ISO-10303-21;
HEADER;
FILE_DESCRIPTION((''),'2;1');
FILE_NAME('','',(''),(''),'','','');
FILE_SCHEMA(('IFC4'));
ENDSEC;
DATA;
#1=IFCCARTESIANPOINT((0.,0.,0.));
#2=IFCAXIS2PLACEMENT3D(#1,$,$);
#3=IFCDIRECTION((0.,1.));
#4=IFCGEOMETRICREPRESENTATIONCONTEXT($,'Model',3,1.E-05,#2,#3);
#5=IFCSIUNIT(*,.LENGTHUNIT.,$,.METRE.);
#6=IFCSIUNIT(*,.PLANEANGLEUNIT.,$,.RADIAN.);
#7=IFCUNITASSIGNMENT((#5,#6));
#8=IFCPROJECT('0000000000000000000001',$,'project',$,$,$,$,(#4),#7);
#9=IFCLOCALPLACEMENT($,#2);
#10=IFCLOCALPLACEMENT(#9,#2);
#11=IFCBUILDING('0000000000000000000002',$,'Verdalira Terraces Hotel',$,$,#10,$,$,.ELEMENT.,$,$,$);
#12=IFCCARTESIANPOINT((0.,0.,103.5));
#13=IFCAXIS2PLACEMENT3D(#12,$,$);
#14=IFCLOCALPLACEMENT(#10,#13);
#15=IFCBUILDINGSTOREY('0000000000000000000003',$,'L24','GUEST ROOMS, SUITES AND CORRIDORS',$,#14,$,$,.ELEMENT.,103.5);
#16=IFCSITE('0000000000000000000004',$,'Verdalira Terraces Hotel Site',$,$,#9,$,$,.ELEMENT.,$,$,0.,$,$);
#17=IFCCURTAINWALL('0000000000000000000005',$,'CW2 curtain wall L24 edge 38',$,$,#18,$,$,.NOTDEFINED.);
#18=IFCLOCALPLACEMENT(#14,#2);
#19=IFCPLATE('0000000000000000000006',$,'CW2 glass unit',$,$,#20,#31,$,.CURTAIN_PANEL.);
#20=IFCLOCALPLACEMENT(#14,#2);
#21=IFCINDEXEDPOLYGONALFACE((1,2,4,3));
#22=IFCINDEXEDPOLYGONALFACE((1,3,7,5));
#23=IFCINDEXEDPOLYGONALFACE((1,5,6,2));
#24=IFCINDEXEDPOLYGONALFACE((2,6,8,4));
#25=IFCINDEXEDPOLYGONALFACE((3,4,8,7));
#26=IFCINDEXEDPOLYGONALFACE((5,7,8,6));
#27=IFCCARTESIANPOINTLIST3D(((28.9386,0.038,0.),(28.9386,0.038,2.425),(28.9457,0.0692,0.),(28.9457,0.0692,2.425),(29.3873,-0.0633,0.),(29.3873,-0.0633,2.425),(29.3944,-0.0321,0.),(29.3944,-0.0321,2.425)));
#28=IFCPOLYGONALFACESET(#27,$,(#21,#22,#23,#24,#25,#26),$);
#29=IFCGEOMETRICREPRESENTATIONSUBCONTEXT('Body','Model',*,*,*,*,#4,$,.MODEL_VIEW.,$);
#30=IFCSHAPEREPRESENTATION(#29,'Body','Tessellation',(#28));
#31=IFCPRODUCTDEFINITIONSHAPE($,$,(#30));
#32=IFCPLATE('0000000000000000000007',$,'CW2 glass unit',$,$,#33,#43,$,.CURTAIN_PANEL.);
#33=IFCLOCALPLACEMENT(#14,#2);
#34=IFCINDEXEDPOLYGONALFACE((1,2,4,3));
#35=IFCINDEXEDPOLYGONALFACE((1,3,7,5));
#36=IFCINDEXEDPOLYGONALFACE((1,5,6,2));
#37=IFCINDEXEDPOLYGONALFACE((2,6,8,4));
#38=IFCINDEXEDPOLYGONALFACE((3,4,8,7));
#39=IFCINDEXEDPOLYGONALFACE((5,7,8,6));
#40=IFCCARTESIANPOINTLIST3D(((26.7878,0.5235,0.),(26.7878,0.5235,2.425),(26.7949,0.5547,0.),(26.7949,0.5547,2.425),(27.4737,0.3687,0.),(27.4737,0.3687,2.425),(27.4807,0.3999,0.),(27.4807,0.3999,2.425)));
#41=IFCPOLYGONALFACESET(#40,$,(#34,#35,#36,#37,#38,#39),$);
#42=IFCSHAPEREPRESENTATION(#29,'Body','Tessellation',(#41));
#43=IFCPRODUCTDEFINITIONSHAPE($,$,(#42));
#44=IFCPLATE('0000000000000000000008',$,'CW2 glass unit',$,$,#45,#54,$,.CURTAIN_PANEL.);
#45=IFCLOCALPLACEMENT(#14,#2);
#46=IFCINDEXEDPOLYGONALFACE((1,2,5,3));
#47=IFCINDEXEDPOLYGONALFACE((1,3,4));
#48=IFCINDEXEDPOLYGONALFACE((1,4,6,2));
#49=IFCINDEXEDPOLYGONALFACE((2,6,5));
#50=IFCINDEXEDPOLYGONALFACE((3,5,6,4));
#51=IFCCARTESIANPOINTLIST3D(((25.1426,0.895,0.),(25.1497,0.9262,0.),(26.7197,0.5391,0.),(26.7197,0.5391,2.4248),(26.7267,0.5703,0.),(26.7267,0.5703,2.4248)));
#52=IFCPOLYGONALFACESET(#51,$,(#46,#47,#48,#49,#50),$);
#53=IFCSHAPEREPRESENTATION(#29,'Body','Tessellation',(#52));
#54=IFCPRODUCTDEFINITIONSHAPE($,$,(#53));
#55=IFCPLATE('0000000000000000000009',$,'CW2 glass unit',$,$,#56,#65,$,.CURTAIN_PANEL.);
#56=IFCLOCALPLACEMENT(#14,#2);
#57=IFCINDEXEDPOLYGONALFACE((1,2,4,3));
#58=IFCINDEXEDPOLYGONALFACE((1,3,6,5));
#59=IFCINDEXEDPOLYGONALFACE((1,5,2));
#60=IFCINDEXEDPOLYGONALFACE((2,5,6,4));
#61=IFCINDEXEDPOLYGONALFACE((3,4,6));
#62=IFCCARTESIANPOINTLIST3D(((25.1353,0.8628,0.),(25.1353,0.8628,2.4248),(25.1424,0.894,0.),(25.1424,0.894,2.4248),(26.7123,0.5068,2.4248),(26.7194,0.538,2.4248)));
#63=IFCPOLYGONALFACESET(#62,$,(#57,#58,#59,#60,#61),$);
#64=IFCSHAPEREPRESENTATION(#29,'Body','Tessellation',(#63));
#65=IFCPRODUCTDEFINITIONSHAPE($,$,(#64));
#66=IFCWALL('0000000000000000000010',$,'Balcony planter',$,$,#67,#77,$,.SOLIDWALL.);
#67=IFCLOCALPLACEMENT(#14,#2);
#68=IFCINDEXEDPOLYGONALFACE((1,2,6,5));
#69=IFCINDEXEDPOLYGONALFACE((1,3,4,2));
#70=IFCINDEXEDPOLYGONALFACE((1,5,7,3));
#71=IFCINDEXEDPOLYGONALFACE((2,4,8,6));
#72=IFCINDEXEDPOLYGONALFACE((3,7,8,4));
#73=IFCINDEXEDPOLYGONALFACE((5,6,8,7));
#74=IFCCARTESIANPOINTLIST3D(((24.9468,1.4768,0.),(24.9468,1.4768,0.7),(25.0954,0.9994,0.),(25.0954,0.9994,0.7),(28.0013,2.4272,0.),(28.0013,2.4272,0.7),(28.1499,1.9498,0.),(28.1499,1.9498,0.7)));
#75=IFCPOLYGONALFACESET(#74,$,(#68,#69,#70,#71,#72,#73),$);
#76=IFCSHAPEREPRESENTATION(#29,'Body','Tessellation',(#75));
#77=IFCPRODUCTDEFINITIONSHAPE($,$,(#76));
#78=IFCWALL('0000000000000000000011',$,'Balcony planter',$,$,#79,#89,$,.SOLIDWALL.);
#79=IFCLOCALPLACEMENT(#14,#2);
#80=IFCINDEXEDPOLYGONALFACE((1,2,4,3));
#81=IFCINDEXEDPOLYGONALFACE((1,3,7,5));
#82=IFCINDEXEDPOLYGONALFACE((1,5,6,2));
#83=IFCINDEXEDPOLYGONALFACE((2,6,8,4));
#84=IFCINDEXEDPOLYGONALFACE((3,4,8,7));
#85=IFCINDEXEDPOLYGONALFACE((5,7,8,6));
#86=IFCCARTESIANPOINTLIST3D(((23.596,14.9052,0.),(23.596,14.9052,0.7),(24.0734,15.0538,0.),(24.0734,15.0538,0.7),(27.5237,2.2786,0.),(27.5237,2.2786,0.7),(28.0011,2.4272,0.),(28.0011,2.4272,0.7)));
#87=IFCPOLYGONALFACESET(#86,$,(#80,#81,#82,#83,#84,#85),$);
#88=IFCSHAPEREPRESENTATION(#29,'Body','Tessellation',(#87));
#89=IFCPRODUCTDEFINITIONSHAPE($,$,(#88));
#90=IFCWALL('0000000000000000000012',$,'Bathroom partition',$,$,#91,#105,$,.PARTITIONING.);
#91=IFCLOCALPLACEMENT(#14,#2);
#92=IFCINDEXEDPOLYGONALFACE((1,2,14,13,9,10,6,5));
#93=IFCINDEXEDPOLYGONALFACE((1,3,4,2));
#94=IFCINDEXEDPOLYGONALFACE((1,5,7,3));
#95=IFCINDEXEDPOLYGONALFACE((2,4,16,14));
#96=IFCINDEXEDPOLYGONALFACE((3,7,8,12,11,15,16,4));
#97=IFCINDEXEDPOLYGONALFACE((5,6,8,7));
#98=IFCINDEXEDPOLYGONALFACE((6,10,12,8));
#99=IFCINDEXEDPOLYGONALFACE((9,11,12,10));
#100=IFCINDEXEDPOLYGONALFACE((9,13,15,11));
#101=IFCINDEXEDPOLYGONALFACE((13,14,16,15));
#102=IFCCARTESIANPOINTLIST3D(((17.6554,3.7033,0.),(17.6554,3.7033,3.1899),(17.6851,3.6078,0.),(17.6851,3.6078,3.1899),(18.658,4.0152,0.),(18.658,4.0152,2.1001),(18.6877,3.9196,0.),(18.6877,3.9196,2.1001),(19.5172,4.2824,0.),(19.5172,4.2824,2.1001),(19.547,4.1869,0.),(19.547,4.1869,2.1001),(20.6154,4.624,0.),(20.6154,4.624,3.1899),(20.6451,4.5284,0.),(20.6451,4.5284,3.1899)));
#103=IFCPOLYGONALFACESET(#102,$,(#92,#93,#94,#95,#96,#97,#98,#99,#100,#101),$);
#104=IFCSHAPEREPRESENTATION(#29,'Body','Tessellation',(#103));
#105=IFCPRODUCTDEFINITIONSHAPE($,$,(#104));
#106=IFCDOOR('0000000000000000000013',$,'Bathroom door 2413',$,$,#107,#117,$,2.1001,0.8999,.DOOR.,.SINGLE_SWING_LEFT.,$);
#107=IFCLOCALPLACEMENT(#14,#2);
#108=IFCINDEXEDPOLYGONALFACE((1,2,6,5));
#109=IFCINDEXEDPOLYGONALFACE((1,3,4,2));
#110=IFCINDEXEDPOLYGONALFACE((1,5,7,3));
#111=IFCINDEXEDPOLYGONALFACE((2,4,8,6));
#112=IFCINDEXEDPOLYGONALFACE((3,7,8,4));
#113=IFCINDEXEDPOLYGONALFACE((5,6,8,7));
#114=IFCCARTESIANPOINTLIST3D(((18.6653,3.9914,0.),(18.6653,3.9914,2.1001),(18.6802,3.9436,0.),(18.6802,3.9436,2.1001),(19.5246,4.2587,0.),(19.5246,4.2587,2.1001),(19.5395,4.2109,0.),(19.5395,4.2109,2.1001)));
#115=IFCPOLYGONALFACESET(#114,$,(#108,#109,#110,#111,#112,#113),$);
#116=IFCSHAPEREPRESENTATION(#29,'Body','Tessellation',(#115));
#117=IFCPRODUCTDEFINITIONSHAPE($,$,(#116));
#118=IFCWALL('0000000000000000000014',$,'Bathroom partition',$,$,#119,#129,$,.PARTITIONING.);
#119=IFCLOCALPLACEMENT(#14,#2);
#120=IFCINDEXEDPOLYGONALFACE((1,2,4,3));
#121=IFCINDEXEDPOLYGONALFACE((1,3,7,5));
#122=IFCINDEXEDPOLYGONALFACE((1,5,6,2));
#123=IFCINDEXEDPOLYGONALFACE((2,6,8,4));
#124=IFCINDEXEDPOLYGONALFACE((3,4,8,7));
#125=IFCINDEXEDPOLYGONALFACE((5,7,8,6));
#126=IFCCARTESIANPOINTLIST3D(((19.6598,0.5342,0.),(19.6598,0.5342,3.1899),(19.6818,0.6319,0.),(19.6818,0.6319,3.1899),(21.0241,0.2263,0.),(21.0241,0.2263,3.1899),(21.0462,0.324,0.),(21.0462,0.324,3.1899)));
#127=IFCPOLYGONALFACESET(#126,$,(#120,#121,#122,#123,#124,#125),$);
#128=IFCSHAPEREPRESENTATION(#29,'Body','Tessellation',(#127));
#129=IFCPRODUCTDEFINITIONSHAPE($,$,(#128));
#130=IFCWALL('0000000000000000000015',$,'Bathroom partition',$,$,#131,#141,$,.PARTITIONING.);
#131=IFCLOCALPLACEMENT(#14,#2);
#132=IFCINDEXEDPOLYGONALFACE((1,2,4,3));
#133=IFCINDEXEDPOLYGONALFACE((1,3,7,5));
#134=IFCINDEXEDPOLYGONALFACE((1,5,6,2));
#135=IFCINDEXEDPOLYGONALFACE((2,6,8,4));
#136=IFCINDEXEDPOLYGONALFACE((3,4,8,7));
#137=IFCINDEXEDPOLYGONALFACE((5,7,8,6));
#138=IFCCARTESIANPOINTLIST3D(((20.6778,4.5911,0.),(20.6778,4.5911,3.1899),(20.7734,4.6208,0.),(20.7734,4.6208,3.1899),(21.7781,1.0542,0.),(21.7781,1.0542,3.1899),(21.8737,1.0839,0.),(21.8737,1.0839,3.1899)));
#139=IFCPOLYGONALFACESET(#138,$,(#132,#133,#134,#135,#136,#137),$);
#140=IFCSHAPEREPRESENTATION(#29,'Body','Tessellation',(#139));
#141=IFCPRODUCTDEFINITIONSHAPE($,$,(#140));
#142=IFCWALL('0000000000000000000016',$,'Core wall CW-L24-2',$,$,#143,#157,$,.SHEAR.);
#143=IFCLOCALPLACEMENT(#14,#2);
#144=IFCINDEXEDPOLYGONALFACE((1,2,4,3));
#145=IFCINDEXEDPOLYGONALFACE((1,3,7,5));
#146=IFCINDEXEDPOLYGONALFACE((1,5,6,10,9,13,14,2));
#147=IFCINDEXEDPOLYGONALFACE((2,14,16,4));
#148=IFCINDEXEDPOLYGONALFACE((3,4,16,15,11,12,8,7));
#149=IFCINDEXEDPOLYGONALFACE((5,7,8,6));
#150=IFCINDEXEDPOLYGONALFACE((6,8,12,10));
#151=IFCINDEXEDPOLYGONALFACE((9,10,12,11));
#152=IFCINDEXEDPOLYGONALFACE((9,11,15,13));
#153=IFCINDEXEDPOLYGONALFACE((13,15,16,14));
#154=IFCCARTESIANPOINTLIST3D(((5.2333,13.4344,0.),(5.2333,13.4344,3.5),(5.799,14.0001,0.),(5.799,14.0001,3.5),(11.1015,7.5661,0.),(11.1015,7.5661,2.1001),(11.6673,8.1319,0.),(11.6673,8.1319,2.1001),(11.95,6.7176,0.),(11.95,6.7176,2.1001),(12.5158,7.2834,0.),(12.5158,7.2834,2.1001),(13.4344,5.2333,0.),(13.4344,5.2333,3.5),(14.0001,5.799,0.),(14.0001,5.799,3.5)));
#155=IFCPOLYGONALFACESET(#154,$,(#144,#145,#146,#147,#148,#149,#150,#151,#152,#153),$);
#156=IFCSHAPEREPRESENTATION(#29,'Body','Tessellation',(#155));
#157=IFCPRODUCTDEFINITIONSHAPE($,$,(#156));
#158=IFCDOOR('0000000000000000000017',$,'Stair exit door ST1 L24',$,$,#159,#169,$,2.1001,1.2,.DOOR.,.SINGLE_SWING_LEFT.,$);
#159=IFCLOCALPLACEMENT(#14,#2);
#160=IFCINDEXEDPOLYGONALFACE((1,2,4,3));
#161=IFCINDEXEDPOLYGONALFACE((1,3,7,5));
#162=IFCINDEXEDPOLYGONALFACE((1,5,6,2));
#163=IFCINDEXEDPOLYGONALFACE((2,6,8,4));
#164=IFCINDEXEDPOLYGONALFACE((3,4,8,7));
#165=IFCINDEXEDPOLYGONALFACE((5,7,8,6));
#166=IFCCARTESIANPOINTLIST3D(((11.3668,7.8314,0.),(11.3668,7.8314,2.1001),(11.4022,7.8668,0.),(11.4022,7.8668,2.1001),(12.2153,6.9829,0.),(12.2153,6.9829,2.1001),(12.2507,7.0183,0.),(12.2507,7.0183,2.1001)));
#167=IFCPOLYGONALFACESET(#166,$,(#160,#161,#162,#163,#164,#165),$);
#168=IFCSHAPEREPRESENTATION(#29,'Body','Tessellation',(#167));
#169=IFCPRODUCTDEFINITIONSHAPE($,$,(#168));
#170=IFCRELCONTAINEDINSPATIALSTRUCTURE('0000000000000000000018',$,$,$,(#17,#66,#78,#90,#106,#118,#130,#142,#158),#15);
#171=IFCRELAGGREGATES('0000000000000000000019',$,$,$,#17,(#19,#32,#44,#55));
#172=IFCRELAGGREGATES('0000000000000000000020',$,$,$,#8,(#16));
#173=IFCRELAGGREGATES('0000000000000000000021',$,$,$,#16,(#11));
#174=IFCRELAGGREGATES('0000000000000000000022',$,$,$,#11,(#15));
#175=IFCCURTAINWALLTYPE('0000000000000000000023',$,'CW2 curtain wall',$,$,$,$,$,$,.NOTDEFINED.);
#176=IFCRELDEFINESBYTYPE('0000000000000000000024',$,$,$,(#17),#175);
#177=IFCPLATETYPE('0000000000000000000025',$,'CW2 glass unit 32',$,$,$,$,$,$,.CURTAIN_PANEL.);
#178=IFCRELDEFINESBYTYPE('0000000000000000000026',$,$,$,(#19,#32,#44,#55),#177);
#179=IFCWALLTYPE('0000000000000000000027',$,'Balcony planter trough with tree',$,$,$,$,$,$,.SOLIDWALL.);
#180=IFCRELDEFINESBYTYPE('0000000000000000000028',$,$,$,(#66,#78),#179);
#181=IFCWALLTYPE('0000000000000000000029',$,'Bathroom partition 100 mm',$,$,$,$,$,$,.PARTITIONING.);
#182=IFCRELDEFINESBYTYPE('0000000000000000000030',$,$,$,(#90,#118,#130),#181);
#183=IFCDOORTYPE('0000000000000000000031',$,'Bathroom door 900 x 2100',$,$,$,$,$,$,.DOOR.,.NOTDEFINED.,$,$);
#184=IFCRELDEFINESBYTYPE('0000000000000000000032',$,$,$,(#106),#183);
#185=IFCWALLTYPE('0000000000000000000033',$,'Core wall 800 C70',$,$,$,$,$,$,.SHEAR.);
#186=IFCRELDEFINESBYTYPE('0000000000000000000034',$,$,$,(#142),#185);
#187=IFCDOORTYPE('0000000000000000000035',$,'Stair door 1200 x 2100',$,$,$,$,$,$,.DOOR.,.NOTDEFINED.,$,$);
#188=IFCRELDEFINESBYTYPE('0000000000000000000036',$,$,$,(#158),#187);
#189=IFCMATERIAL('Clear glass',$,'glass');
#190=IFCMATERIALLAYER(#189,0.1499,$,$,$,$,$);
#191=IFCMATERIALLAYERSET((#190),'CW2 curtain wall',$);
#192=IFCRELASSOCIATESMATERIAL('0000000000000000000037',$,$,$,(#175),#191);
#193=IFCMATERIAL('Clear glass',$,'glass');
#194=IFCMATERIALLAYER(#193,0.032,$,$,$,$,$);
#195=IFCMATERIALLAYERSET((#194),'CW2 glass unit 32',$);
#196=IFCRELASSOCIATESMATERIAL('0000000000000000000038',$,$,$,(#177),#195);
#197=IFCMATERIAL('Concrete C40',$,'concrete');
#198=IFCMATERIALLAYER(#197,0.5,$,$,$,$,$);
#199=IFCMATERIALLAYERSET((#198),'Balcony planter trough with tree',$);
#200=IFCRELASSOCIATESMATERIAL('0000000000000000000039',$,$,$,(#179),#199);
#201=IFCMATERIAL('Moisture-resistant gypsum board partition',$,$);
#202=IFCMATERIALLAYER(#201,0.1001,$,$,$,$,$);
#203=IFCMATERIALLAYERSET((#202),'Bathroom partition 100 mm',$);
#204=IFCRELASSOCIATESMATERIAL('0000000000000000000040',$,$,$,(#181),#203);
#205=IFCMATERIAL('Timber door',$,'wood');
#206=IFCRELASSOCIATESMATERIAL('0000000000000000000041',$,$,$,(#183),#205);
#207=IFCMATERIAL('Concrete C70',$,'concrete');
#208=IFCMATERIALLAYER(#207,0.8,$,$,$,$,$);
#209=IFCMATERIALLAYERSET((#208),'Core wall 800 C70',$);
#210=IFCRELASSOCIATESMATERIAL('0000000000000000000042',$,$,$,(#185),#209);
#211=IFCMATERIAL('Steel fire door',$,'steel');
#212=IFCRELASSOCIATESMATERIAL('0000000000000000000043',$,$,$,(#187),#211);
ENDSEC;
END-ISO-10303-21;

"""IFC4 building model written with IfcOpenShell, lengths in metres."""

from ifc_helpers import new_model, si_unit, direction, frame, frame_2d, origin, origin_2d, place, context, subcontext, project, spatial, polyline, rectangle, outline, extrude, material, layer, layer_set, type_object, element, fill, aggregate, save


model = new_model("IFC4")

# Units and contexts
model_context = context("Model", 3, precision=1e-05, world=origin(), true_north=direction((0.0, 1.0)))
body_context = subcontext(model_context, "Body", "Model", "MODEL_VIEW")
ifc_project = project(units=[si_unit("LENGTHUNIT", "METRE"), si_unit("PLANEANGLEUNIT", "RADIAN")], contexts=[model_context])

# Site, building, storey
site_placement = place(None, origin())
site = spatial("IfcSite", under=ifc_project, at=site_placement, Name="Verdalira Terraces Hotel Site", CompositionType="ELEMENT", RefElevation=0.0)
building_placement = place(site_placement, origin())
building = spatial("IfcBuilding", under=site, at=building_placement, Name="Verdalira Terraces Hotel", CompositionType="ELEMENT")
storey_placement = place(building_placement, frame((0.0, 0.0, 103.5)))
storey = spatial("IfcBuildingStorey", under=building, at=storey_placement, Name="L24", Description="GUEST ROOMS, SUITES AND CORRIDORS", CompositionType="ELEMENT", Elevation=103.5)

# Curtain wall
ifc_material_1 = material(Name="Clear glass", Category="glass")
ifc_layer_1 = layer(ifc_material_1, 0.1499)
ifc_layer_set_1 = layer_set([ifc_layer_1], Name="CW2 curtain wall")
curtain_wall_type_1 = type_object("IfcCurtainWallType", Name="CW2 curtain wall", PredefinedType="NOTDEFINED", material=ifc_layer_set_1)
curtain_wall_1_placement = place(storey_placement, origin())
curtain_wall_1 = element("IfcCurtainWall", 1, at=curtain_wall_1_placement, inside=storey, type_object=curtain_wall_type_1, Name="CW2 curtain wall L24 edge 38", PredefinedType="NOTDEFINED")

# Plates
ifc_material_2 = material(Name="Clear glass", Category="glass")
ifc_layer_2 = layer(ifc_material_2, 0.032)
ifc_layer_set_2 = layer_set([ifc_layer_2], Name="CW2 glass unit 32")
plate_type_1 = type_object("IfcPlateType", Name="CW2 glass unit 32", PredefinedType="CURTAIN_PANEL", material=ifc_layer_set_2)
plate_1_placement = place(storey_placement, frame((29.1665, 0.0029, 0.0), z_axis=(0.0, 0.0, 1.0), x_axis=(-0.975458, 0.220187, 0.0)))
plate_1 = element("IfcPlate", 2, at=plate_1_placement, type_object=plate_type_1, Name="CW2 glass unit", PredefinedType="CURTAIN_PANEL", context=body_context, shape_type="SweptSolid", body=[
    extrude(rectangle(XDim=0.46, YDim=0.032, at=origin_2d()), origin(), (0.0, 0.0, 1.0), 2.425),
])
plate_2_placement = place(storey_placement, frame((27.1343, 0.4617, 0.0), z_axis=(0.0, 0.0, 1.0), x_axis=(-0.975458, 0.220187, 0.0)))
plate_2 = element("IfcPlate", 3, at=plate_2_placement, type_object=plate_type_1, Name="CW2 glass unit", PredefinedType="CURTAIN_PANEL", context=body_context, shape_type="SweptSolid", body=[
    extrude(rectangle(XDim=0.7031, YDim=0.032, at=origin_2d()), origin(), (0.0, 0.0, 1.0), 2.425),
])
plate_3_placement = place(storey_placement, frame((25.9312, 0.717, 1.2124), z_axis=(0.220187, 0.975458, 0.0), x_axis=(-0.975458, 0.220187, 0.0)))
plate_3 = element("IfcPlate", 4, at=plate_3_placement, type_object=plate_type_1, Name="CW2 glass unit", PredefinedType="CURTAIN_PANEL", context=body_context, shape_type="SweptSolid", body=[
    extrude(outline(polyline([(-0.8084, -1.2124), (0.8084, -1.2124), (-0.8084, 1.2124), (-0.8084, -1.2124)])), origin(), (0.0, 0.0, 1.0), 0.032),
])
plate_4_placement = place(storey_placement, frame((25.9238, 0.6848, 1.2124), z_axis=(0.220187, 0.975458, 0.0), x_axis=(-0.975458, 0.220187, 0.0)))
plate_4 = element("IfcPlate", 5, at=plate_4_placement, type_object=plate_type_1, Name="CW2 glass unit", PredefinedType="CURTAIN_PANEL", context=body_context, shape_type="SweptSolid", body=[
    extrude(outline(polyline([(0.8084, -1.2124), (0.8084, 1.2124), (-0.8084, 1.2124), (0.8084, -1.2124)])), origin(), (0.0, 0.0, 1.0), 0.032),
])
aggregate(curtain_wall_1, [plate_1, plate_2, plate_3, plate_4])

# Walls
ifc_material_3 = material(Name="Concrete C40", Category="concrete")
ifc_layer_3 = layer(ifc_material_3, 0.5)
ifc_layer_set_3 = layer_set([ifc_layer_3], Name="Balcony planter trough with tree")
wall_type_1 = type_object("IfcWallType", Name="Balcony planter trough with tree", PredefinedType="SOLIDWALL", material=ifc_layer_set_3)
wall_1_placement = place(storey_placement, frame((25.021, 1.238, 0.0), z_axis=(0.0, 0.0, 1.0), x_axis=(0.954842, 0.297114, 0.0)))
element("IfcWall", 6, at=wall_1_placement, inside=storey, type_object=wall_type_1, Name="Balcony planter", PredefinedType="SOLIDWALL", context=body_context, shape_type="SweptSolid", body=[
    extrude(rectangle(XDim=3.199, YDim=0.5, at=frame_2d((1.5996, 0.0))), origin(), (0.0, 0.0, 1.0), 0.7),
])
wall_2_placement = place(storey_placement, frame((27.7625, 2.3528, 0.0), z_axis=(0.0, 0.0, 1.0), x_axis=(-0.297027, 0.954869, 0.0)))
element("IfcWall", 7, at=wall_2_placement, inside=storey, type_object=wall_type_1, Name="Balcony planter", PredefinedType="SOLIDWALL", context=body_context, shape_type="SweptSolid", body=[
    extrude(rectangle(XDim=13.2234, YDim=0.5, at=frame_2d((6.6118, 0.0))), origin(), (0.0, 0.0, 1.0), 0.7),
])

# Wall, opening, door
ifc_material_4 = material(Name="Moisture-resistant gypsum board partition")
ifc_layer_4 = layer(ifc_material_4, 0.1001)
ifc_layer_set_4 = layer_set([ifc_layer_4], Name="Bathroom partition 100 mm")
wall_type_2 = type_object("IfcWallType", Name="Bathroom partition 100 mm", PredefinedType="PARTITIONING", material=ifc_layer_set_4)
wall_3_placement = place(storey_placement, frame((20.6301, 4.5762, 0.0), z_axis=(0.0, 0.0, 1.0), x_axis=(-0.954877, -0.297001, 0.0)))
wall_3 = element("IfcWall", 8, at=wall_3_placement, inside=storey, type_object=wall_type_2, Name="Bathroom partition", PredefinedType="PARTITIONING", context=body_context, shape_type="SweptSolid", body=[
    extrude(rectangle(XDim=3.0999, YDim=0.1001, at=frame_2d((1.5498, 0.0))), origin(), (0.0, 0.0, 1.0), 3.1899),
])
opening_1_placement = place(wall_3_placement, frame((1.1499, 0.0, 0.0)))
opening_1 = element("IfcOpeningElement", 9, at=opening_1_placement, cuts=wall_3, PredefinedType="OPENING", context=body_context, shape_type="SweptSolid", body=[
    extrude(rectangle(XDim=0.8999, YDim=2.1001, at=frame_2d((0.45, 1.05))), frame((0.0, 0.0601, 0.0), z_axis=(0.0, -1.0, 0.0), x_axis=(1.0, 0.0, 0.0)), (0.0, 0.0, 1.0), 0.1201),
])
ifc_material_5 = material(Name="Timber door", Category="wood")
door_type_1 = type_object("IfcDoorType", Name="Bathroom door 900 x 2100", OperationType="NOTDEFINED", PredefinedType="DOOR", material=ifc_material_5)
door_1_placement = place(opening_1_placement, origin())
door_1 = element("IfcDoor", 10, at=door_1_placement, inside=storey, type_object=door_type_1, Name="Bathroom door 2413", OperationType="SINGLE_SWING_LEFT", OverallHeight=2.1001, OverallWidth=0.8999, PredefinedType="DOOR", context=body_context, shape_type="SweptSolid", body=[
    extrude(rectangle(XDim=0.8999, YDim=2.1001, at=frame_2d((0.45, 1.05))), frame((0.0, 0.0249, 0.0), z_axis=(0.0, -1.0, 0.0), x_axis=(1.0, 0.0, 0.0)), (0.0, 0.0, 1.0), 0.05),
])
fill(opening_1, door_1)

# Walls
wall_4_placement = place(storey_placement, frame((19.6709, 0.583, 0.0), z_axis=(0.0, 0.0, 1.0), x_axis=(0.975471, -0.220127, 0.0)))
element("IfcWall", 11, at=wall_4_placement, inside=storey, type_object=wall_type_2, Name="Bathroom partition", PredefinedType="PARTITIONING", context=body_context, shape_type="SweptSolid", body=[
    extrude(rectangle(XDim=1.3987, YDim=0.1001, at=frame_2d((0.6992, 0.0))), origin(), (0.0, 0.0, 1.0), 3.1899),
])
wall_5_placement = place(storey_placement, frame((20.7256, 4.606, 0.0), z_axis=(0.0, 0.0, 1.0), x_axis=(0.297063, -0.954858, 0.0)))
element("IfcWall", 12, at=wall_5_placement, inside=storey, type_object=wall_type_2, Name="Bathroom partition", PredefinedType="PARTITIONING", context=body_context, shape_type="SweptSolid", body=[
    extrude(rectangle(XDim=3.7041, YDim=0.1001, at=frame_2d((1.8521, 0.0))), origin(), (0.0, 0.0, 1.0), 3.1899),
])

# Wall, opening, door
ifc_material_6 = material(Name="Concrete C70", Category="concrete")
ifc_layer_5 = layer(ifc_material_6, 0.8)
ifc_layer_set_5 = layer_set([ifc_layer_5], Name="Core wall 800 C70")
wall_type_3 = type_object("IfcWallType", Name="Core wall 800 C70", PredefinedType="SHEAR", material=ifc_layer_set_5)
wall_6_placement = place(storey_placement, frame((13.7173, 5.5161, 0.0), z_axis=(0.0, 0.0, 1.0), x_axis=(-0.707107, 0.707107, 0.0)))
wall_6 = element("IfcWall", 13, at=wall_6_placement, inside=storey, type_object=wall_type_3, Name="Core wall CW-L24-2", PredefinedType="SHEAR", context=body_context, shape_type="SweptSolid", body=[
    extrude(rectangle(XDim=11.5981, YDim=0.8, at=frame_2d((5.7991, 0.0))), origin(), (0.0, 0.0, 1.0), 3.5),
])
opening_2_placement = place(wall_6_placement, frame((2.0991, 0.0, 0.0)))
opening_2 = element("IfcOpeningElement", 14, at=opening_2_placement, cuts=wall_6, PredefinedType="OPENING", context=body_context, shape_type="SweptSolid", body=[
    extrude(rectangle(XDim=1.2, YDim=2.1001, at=frame_2d((0.6001, 1.05))), frame((0.0, 0.4099, 0.0), z_axis=(0.0, -1.0, 0.0), x_axis=(1.0, 0.0, 0.0)), (0.0, 0.0, 1.0), 0.8201),
])
ifc_material_7 = material(Name="Steel fire door", Category="steel")
door_type_2 = type_object("IfcDoorType", Name="Stair door 1200 x 2100", OperationType="NOTDEFINED", PredefinedType="DOOR", material=ifc_material_7)
door_2_placement = place(opening_2_placement, origin())
door_2 = element("IfcDoor", 15, at=door_2_placement, inside=storey, type_object=door_type_2, Name="Stair exit door ST1 L24", OperationType="SINGLE_SWING_LEFT", OverallHeight=2.1001, OverallWidth=1.2, PredefinedType="DOOR", context=body_context, shape_type="SweptSolid", body=[
    extrude(rectangle(XDim=1.2, YDim=2.1001, at=frame_2d((0.6001, 1.05))), frame((0.0, 0.0249, 0.0), z_axis=(0.0, -1.0, 0.0), x_axis=(1.0, 0.0, 0.0)), (0.0, 0.0, 1.0), 0.05),
])
fill(opening_2, door_2)

save(model, "model.ifc")
